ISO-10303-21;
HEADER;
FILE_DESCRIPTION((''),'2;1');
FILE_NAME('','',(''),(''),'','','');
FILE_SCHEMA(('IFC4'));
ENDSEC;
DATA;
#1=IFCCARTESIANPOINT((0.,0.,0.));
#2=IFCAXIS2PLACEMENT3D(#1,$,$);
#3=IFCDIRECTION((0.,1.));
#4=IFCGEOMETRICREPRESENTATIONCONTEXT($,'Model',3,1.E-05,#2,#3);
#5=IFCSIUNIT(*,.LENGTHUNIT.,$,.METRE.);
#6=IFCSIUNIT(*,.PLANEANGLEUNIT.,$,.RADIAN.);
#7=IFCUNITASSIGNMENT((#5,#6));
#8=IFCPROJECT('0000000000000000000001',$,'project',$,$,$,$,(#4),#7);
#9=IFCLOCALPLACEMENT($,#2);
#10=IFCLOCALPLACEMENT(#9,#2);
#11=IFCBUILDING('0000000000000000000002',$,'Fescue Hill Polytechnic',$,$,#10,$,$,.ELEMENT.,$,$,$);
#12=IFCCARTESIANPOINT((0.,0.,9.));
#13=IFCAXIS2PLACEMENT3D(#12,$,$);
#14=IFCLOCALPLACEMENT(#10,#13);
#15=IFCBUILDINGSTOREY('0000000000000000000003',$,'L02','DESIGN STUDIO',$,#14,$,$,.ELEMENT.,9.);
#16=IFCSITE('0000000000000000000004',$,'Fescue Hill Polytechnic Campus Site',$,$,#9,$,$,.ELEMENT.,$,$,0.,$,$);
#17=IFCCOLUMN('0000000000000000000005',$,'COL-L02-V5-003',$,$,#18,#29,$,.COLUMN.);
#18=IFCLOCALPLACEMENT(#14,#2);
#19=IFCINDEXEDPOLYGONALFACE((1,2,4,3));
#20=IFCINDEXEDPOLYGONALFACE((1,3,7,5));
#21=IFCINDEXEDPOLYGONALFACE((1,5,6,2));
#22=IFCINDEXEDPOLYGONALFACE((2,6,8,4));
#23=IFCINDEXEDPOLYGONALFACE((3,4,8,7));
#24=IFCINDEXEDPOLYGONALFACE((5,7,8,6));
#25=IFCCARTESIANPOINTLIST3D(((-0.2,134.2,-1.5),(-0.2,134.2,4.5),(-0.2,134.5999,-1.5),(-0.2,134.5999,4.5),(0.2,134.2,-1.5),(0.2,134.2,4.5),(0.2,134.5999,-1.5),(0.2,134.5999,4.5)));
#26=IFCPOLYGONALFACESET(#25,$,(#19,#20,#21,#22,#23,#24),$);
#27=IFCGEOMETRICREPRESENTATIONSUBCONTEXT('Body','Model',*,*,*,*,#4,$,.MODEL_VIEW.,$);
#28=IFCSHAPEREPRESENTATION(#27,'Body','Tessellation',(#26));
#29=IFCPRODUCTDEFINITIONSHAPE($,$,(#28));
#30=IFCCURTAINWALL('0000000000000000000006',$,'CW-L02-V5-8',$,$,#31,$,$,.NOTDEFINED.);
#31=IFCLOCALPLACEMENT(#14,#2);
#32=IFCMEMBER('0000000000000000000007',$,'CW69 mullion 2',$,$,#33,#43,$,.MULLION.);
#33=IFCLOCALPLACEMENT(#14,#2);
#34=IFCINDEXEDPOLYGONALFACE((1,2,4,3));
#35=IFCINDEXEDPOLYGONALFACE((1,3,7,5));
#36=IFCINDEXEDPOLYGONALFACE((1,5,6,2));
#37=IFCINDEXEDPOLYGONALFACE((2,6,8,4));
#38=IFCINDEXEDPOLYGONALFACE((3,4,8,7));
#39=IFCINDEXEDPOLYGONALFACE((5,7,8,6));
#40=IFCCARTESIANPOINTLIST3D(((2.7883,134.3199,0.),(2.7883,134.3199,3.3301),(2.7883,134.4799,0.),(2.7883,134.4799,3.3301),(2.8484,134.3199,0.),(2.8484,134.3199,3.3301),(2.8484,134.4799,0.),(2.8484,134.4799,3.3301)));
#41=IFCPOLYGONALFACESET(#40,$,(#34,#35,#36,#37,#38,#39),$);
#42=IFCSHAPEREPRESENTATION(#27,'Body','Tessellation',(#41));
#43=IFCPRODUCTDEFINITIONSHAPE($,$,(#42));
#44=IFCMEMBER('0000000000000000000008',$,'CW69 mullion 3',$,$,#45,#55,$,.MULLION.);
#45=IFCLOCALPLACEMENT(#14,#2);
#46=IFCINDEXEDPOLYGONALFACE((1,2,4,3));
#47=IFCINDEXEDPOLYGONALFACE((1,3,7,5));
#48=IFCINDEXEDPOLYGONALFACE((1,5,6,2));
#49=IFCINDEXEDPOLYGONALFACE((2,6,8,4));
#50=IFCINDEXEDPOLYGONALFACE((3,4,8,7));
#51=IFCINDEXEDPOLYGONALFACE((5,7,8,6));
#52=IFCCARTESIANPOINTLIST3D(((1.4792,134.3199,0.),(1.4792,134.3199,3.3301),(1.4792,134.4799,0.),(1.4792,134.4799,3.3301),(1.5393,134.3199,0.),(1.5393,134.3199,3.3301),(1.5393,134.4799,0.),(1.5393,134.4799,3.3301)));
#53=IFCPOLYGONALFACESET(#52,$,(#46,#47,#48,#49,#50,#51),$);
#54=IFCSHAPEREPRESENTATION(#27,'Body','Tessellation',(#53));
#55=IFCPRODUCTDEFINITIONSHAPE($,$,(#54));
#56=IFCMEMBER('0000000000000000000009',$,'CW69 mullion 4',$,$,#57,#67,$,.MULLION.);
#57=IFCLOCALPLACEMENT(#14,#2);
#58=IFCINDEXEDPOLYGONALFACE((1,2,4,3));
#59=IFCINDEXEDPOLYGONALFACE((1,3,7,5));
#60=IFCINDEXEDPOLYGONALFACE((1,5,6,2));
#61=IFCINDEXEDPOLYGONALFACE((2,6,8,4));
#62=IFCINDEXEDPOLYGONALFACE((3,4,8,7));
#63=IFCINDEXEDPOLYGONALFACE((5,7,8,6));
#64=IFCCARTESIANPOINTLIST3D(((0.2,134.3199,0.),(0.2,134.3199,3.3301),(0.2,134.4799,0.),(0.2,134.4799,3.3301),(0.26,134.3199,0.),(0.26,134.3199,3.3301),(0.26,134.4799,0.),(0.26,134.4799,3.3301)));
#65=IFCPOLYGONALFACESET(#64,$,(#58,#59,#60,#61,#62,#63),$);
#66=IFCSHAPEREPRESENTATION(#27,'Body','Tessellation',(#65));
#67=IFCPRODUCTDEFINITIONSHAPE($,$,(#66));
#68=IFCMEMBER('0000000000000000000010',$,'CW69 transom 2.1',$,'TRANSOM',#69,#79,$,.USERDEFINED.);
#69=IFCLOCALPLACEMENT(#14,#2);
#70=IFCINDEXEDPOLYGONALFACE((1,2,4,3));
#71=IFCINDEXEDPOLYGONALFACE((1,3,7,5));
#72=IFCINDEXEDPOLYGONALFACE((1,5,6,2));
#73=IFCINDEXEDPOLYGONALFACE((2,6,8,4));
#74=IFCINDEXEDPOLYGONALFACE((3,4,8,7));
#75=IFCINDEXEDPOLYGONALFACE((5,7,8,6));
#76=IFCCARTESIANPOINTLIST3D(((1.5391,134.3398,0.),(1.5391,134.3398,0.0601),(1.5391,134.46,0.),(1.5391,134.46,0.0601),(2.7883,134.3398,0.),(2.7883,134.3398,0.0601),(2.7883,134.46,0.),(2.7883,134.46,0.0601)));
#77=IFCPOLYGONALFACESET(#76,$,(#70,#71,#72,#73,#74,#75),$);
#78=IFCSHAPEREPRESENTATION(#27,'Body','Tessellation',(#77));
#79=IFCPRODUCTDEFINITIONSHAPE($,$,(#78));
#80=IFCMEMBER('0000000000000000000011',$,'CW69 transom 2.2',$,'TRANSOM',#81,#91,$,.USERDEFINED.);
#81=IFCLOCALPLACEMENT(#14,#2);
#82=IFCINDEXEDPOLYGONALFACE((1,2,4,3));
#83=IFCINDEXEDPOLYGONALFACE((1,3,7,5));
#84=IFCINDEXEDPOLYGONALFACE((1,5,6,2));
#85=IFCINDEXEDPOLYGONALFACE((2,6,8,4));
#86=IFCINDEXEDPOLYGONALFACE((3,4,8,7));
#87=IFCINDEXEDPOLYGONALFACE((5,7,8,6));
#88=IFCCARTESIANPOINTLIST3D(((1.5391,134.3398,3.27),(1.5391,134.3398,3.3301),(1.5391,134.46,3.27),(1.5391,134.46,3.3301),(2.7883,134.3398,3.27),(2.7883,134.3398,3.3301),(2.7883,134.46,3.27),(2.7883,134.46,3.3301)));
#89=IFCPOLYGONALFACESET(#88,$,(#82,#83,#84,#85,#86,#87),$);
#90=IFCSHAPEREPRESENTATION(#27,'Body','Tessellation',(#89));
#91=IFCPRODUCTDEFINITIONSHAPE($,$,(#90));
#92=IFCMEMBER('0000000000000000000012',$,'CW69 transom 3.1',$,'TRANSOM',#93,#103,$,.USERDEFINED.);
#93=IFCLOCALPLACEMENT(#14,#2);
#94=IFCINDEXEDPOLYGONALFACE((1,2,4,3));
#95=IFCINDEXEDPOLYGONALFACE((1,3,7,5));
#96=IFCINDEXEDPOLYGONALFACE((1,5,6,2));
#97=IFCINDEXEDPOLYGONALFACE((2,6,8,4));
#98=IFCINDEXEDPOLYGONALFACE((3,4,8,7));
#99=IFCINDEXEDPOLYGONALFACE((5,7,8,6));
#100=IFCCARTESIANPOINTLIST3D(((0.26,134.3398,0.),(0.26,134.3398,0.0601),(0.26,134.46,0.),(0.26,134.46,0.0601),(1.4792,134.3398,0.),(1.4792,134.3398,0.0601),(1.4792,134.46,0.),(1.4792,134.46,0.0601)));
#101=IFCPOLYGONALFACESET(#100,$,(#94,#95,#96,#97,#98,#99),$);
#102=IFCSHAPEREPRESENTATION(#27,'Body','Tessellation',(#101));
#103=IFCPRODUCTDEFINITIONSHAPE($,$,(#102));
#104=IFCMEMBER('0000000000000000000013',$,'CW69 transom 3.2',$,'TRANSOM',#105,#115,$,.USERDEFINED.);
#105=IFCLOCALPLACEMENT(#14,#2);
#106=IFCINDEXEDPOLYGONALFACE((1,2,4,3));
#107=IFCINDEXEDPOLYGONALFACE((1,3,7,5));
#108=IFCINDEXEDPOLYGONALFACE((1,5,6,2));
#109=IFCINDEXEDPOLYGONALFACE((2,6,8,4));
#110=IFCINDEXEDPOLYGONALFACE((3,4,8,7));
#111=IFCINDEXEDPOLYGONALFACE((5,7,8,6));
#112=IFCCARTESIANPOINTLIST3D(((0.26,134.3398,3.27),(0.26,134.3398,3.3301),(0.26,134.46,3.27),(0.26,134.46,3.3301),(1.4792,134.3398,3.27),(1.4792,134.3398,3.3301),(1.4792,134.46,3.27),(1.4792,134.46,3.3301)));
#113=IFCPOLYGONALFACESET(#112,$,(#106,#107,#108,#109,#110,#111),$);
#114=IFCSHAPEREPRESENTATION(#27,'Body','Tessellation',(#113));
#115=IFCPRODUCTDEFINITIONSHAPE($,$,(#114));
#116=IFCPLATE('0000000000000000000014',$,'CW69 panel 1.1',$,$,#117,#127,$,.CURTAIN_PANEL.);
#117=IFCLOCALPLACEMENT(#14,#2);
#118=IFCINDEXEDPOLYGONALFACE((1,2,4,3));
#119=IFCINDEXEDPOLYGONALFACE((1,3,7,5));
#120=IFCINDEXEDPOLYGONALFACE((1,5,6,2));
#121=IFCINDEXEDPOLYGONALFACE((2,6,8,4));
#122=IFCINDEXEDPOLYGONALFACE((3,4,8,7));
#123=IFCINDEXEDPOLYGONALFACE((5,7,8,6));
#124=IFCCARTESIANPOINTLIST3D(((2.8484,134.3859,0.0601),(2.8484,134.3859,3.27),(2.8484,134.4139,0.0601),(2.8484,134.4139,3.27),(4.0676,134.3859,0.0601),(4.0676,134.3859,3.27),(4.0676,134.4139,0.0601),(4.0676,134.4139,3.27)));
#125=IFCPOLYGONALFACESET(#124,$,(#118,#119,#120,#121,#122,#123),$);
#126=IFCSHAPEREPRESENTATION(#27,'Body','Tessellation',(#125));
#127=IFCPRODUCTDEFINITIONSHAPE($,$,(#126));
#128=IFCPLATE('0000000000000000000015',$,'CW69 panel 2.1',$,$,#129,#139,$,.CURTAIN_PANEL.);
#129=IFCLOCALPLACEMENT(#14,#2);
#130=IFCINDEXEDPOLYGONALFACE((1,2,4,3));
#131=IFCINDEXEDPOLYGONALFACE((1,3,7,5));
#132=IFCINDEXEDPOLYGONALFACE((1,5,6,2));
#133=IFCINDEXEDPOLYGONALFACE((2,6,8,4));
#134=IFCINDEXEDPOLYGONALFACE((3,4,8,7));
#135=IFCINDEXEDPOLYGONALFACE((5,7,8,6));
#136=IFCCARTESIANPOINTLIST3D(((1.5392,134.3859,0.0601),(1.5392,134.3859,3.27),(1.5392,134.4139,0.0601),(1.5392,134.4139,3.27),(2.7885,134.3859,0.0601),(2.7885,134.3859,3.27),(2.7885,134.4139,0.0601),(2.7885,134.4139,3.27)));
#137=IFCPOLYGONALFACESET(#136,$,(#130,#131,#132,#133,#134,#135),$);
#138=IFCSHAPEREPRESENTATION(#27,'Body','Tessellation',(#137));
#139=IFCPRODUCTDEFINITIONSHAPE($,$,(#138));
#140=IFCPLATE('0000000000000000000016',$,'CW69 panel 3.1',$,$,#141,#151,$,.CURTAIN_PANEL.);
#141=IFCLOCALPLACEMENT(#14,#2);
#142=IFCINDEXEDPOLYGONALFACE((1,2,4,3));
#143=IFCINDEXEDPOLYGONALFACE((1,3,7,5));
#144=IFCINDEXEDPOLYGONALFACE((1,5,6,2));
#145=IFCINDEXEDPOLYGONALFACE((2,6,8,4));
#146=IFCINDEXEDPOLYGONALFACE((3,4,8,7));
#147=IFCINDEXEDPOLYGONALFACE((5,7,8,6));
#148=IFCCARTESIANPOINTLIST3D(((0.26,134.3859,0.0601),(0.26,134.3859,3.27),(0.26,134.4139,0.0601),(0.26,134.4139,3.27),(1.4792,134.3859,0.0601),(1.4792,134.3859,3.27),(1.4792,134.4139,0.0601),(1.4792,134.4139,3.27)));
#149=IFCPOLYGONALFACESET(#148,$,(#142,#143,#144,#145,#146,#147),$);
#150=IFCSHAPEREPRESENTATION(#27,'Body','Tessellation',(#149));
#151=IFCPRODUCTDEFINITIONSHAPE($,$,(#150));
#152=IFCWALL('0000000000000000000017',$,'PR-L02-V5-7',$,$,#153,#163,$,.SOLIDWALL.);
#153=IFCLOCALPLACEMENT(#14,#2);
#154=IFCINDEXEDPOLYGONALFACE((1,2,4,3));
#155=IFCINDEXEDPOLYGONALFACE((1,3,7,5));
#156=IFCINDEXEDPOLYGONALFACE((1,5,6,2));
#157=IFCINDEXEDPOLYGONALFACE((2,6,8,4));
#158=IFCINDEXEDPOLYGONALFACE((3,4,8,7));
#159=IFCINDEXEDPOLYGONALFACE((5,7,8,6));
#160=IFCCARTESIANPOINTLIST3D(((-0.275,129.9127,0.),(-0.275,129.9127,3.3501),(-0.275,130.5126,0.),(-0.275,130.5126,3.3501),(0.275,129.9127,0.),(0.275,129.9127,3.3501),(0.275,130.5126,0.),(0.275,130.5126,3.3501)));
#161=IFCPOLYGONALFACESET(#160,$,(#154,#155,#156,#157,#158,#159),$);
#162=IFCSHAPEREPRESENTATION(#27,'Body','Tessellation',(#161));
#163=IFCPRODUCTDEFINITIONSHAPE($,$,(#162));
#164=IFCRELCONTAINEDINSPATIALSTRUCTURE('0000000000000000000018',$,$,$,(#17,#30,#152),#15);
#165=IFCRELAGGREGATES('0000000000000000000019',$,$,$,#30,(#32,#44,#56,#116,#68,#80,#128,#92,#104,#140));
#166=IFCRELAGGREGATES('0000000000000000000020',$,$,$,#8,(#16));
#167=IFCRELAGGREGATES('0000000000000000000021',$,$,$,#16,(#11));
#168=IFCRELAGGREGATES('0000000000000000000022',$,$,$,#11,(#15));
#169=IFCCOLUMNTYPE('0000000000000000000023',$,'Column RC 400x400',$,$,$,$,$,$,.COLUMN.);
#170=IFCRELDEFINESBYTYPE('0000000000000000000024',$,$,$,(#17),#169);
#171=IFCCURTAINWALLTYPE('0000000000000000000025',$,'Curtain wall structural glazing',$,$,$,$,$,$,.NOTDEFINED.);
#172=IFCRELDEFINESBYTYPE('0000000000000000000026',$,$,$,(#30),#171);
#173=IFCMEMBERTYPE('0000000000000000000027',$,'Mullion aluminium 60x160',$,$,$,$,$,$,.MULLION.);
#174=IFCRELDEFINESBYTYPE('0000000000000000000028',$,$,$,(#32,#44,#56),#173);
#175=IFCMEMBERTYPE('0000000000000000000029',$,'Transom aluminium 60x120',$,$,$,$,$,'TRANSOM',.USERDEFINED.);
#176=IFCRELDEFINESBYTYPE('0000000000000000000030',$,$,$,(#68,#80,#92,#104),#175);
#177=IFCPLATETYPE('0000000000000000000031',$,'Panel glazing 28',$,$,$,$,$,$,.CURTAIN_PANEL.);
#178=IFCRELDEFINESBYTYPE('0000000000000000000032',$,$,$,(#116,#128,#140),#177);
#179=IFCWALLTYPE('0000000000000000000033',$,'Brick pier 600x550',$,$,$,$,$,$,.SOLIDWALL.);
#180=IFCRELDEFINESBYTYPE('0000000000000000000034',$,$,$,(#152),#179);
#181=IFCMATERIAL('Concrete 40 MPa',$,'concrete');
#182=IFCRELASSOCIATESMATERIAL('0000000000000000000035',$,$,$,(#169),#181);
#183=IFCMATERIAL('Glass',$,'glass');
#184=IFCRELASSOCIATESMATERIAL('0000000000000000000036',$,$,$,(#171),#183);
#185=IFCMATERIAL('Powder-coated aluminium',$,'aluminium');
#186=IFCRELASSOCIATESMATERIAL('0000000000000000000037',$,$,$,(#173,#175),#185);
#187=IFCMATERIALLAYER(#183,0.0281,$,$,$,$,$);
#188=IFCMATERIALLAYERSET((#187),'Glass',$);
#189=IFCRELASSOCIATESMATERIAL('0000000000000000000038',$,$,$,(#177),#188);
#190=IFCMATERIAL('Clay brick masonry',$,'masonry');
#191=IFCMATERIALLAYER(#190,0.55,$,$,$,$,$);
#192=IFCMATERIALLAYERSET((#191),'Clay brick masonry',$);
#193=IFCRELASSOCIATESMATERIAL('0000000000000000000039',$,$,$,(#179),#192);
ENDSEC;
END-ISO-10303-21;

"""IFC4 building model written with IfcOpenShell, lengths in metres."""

from ifc_helpers import new_model, si_unit, direction, frame, frame_2d, origin, origin_2d, place, context, subcontext, project, spatial, rectangle, extrude, material, layer, layer_set, material_profile, profile_set, type_object, element, aggregate, save


model = new_model("IFC4")

# Units and contexts
model_context = context("Model", 3, precision=1e-05, world=origin(), true_north=direction((0.0, 1.0)))
body_context = subcontext(model_context, "Body", "Model", "MODEL_VIEW")
ifc_project = project(units=[si_unit("LENGTHUNIT", "METRE"), si_unit("PLANEANGLEUNIT", "RADIAN")], contexts=[model_context])

# Site, building, storey
site_placement = place(None, origin())
site = spatial("IfcSite", under=ifc_project, at=site_placement, Name="Fescue Hill Polytechnic Campus Site", CompositionType="ELEMENT", RefElevation=0.0)
building_placement = place(site_placement, origin())
building = spatial("IfcBuilding", under=site, at=building_placement, Name="Fescue Hill Polytechnic", CompositionType="ELEMENT")
storey_placement = place(building_placement, frame((0.0, 0.0, 9.0)))
storey = spatial("IfcBuildingStorey", under=building, at=storey_placement, Name="L02", Description="DESIGN STUDIO", CompositionType="ELEMENT", Elevation=9.0)

# Column
ifc_material_1 = material(Name="Concrete 40 MPa", Category="concrete")
ifc_material_profile_1 = material_profile(ifc_material_1, rectangle(XDim=0.3999, YDim=0.3999, at=origin_2d()), Name="RC 400x400")
ifc_profile_set_1 = profile_set([ifc_material_profile_1], Name="Concrete 40 MPa")
column_type = type_object("IfcColumnType", Name="Column RC 400x400", PredefinedType="COLUMN", material=ifc_profile_set_1)
column_placement = place(storey_placement, frame((0.0, 134.3999, -1.5), z_axis=(0.0, 0.0, 1.0), x_axis=(1.0, 0.0, 0.0)))
element("IfcColumn", 1, at=column_placement, inside=storey, type_object=column_type, Name="COL-L02-V5-003", PredefinedType="COLUMN", context=body_context, shape_type="SweptSolid", body=[
    extrude(rectangle(XDim=0.3999, YDim=0.3999, at=origin_2d()), origin(), (0.0, 0.0, 1.0), 6.0),
])

# Curtain wall, members, plates
ifc_material_2 = material(Name="Glass", Category="glass")
curtain_wall_type = type_object("IfcCurtainWallType", Name="Curtain wall structural glazing", PredefinedType="NOTDEFINED", material=ifc_material_2)
curtain_wall_placement = place(storey_placement, origin())
curtain_wall = element("IfcCurtainWall", 2, at=curtain_wall_placement, inside=storey, type_object=curtain_wall_type, Name="CW-L02-V5-8", PredefinedType="NOTDEFINED")
ifc_material_3 = material(Name="Powder-coated aluminium", Category="aluminium")
ifc_material_profile_2 = material_profile(ifc_material_3, rectangle(XDim=0.1599, YDim=0.0601, at=origin_2d()), Name="Mullion aluminium 60x160")
ifc_profile_set_2 = profile_set([ifc_material_profile_2], Name="Powder-coated aluminium")
member_type_1 = type_object("IfcMemberType", Name="Mullion aluminium 60x160", PredefinedType="MULLION", material=ifc_profile_set_2)
member_1_placement = place(storey_placement, frame((2.8184, 134.3999, 0.0), z_axis=(0.0, 0.0, 1.0), x_axis=(0.0, -1.0, 0.0)))
member_1 = element("IfcMember", 3, at=member_1_placement, type_object=member_type_1, Name="CW69 mullion 2", PredefinedType="MULLION", context=body_context, shape_type="SweptSolid", body=[
    extrude(rectangle(XDim=0.1599, YDim=0.0601, at=origin_2d()), origin(), (0.0, 0.0, 1.0), 3.3301),
])
member_2_placement = place(storey_placement, frame((1.5093, 134.3999, 0.0), z_axis=(0.0, 0.0, 1.0), x_axis=(0.0, -1.0, 0.0)))
member_2 = element("IfcMember", 4, at=member_2_placement, type_object=member_type_1, Name="CW69 mullion 3", PredefinedType="MULLION", context=body_context, shape_type="SweptSolid", body=[
    extrude(rectangle(XDim=0.1599, YDim=0.0601, at=origin_2d()), origin(), (0.0, 0.0, 1.0), 3.3301),
])
member_3_placement = place(storey_placement, frame((0.23, 134.3999, 0.0), z_axis=(0.0, 0.0, 1.0), x_axis=(0.0, -1.0, 0.0)))
member_3 = element("IfcMember", 5, at=member_3_placement, type_object=member_type_1, Name="CW69 mullion 4", PredefinedType="MULLION", context=body_context, shape_type="SweptSolid", body=[
    extrude(rectangle(XDim=0.1599, YDim=0.0601, at=origin_2d()), origin(), (0.0, 0.0, 1.0), 3.3301),
])
ifc_material_profile_3 = material_profile(ifc_material_3, rectangle(XDim=0.1201, YDim=0.0601, at=origin_2d()), Name="Transom aluminium 60x120")
ifc_profile_set_3 = profile_set([ifc_material_profile_3], Name="Powder-coated aluminium")
member_type_2 = type_object("IfcMemberType", Name="Transom aluminium 60x120", ElementType="TRANSOM", PredefinedType="USERDEFINED", material=ifc_profile_set_3)
member_4_placement = place(storey_placement, frame((2.7883, 134.3999, 0.03), z_axis=(-1.0, 0.0, 0.0), x_axis=(0.0, -1.0, 0.0)))
member_4 = element("IfcMember", 6, at=member_4_placement, type_object=member_type_2, Name="CW69 transom 2.1", ObjectType="TRANSOM", PredefinedType="USERDEFINED", context=body_context, shape_type="SweptSolid", body=[
    extrude(rectangle(XDim=0.1201, YDim=0.0601, at=origin_2d()), origin(), (0.0, 0.0, 1.0), 1.2493),
])
member_5_placement = place(storey_placement, frame((2.7883, 134.3999, 3.3), z_axis=(-1.0, 0.0, 0.0), x_axis=(0.0, -1.0, 0.0)))
member_5 = element("IfcMember", 7, at=member_5_placement, type_object=member_type_2, Name="CW69 transom 2.2", ObjectType="TRANSOM", PredefinedType="USERDEFINED", context=body_context, shape_type="SweptSolid", body=[
    extrude(rectangle(XDim=0.1201, YDim=0.0601, at=origin_2d()), origin(), (0.0, 0.0, 1.0), 1.2493),
])
member_6_placement = place(storey_placement, frame((1.4792, 134.3999, 0.03), z_axis=(-1.0, 0.0, 0.0), x_axis=(0.0, -1.0, 0.0)))
member_6 = element("IfcMember", 8, at=member_6_placement, type_object=member_type_2, Name="CW69 transom 3.1", ObjectType="TRANSOM", PredefinedType="USERDEFINED", context=body_context, shape_type="SweptSolid", body=[
    extrude(rectangle(XDim=0.1201, YDim=0.0601, at=origin_2d()), origin(), (0.0, 0.0, 1.0), 1.2192),
])
member_7_placement = place(storey_placement, frame((1.4792, 134.3999, 3.3), z_axis=(-1.0, 0.0, 0.0), x_axis=(0.0, -1.0, 0.0)))
member_7 = element("IfcMember", 9, at=member_7_placement, type_object=member_type_2, Name="CW69 transom 3.2", ObjectType="TRANSOM", PredefinedType="USERDEFINED", context=body_context, shape_type="SweptSolid", body=[
    extrude(rectangle(XDim=0.1201, YDim=0.0601, at=origin_2d()), origin(), (0.0, 0.0, 1.0), 1.2192),
])
ifc_layer_1 = layer(ifc_material_2, 0.0281)
ifc_layer_set_1 = layer_set([ifc_layer_1], Name="Glass")
plate_type = type_object("IfcPlateType", Name="Panel glazing 28", PredefinedType="CURTAIN_PANEL", material=ifc_layer_set_1)
plate_1_placement = place(storey_placement, frame((3.458, 134.3999, 0.0601), z_axis=(0.0, 0.0, 1.0), x_axis=(-1.0, 0.0, 0.0)))
plate_1 = element("IfcPlate", 10, at=plate_1_placement, type_object=plate_type, Name="CW69 panel 1.1", PredefinedType="CURTAIN_PANEL", context=body_context, shape_type="SweptSolid", body=[
    extrude(rectangle(XDim=1.2192, YDim=0.0281, at=origin_2d()), origin(), (0.0, 0.0, 1.0), 3.21),
])
plate_2_placement = place(storey_placement, frame((2.1638, 134.3999, 0.0601), z_axis=(0.0, 0.0, 1.0), x_axis=(-1.0, 0.0, 0.0)))
plate_2 = element("IfcPlate", 11, at=plate_2_placement, type_object=plate_type, Name="CW69 panel 2.1", PredefinedType="CURTAIN_PANEL", context=body_context, shape_type="SweptSolid", body=[
    extrude(rectangle(XDim=1.2493, YDim=0.0281, at=origin_2d()), origin(), (0.0, 0.0, 1.0), 3.21),
])
plate_3_placement = place(storey_placement, frame((0.8696, 134.3999, 0.0601), z_axis=(0.0, 0.0, 1.0), x_axis=(-1.0, 0.0, 0.0)))
plate_3 = element("IfcPlate", 12, at=plate_3_placement, type_object=plate_type, Name="CW69 panel 3.1", PredefinedType="CURTAIN_PANEL", context=body_context, shape_type="SweptSolid", body=[
    extrude(rectangle(XDim=1.2192, YDim=0.0281, at=origin_2d()), origin(), (0.0, 0.0, 1.0), 3.21),
])
aggregate(curtain_wall, [member_1, member_2, member_3, plate_1, member_4, member_5, plate_2, member_6, member_7, plate_3])

# Wall
ifc_material_4 = material(Name="Clay brick masonry", Category="masonry")
ifc_layer_2 = layer(ifc_material_4, 0.55)
ifc_layer_set_2 = layer_set([ifc_layer_2], Name="Clay brick masonry")
wall_type_1 = type_object("IfcWallType", Name="Brick pier 600x550", PredefinedType="SOLIDWALL", material=ifc_layer_set_2)
wall_1_placement = place(storey_placement, frame((0.0, 130.5125, 0.0), z_axis=(0.0, 0.0, 1.0), x_axis=(0.0, -1.0, 0.0)))
element("IfcWall", 13, at=wall_1_placement, inside=storey, type_object=wall_type_1, Name="PR-L02-V5-7", PredefinedType="SOLIDWALL", context=body_context, shape_type="SweptSolid", body=[
    extrude(rectangle(XDim=0.5999, YDim=0.55, at=frame_2d((0.2998, 0.0))), origin(), (0.0, 0.0, 1.0), 3.3501),
])

save(model, "model.ifc")
